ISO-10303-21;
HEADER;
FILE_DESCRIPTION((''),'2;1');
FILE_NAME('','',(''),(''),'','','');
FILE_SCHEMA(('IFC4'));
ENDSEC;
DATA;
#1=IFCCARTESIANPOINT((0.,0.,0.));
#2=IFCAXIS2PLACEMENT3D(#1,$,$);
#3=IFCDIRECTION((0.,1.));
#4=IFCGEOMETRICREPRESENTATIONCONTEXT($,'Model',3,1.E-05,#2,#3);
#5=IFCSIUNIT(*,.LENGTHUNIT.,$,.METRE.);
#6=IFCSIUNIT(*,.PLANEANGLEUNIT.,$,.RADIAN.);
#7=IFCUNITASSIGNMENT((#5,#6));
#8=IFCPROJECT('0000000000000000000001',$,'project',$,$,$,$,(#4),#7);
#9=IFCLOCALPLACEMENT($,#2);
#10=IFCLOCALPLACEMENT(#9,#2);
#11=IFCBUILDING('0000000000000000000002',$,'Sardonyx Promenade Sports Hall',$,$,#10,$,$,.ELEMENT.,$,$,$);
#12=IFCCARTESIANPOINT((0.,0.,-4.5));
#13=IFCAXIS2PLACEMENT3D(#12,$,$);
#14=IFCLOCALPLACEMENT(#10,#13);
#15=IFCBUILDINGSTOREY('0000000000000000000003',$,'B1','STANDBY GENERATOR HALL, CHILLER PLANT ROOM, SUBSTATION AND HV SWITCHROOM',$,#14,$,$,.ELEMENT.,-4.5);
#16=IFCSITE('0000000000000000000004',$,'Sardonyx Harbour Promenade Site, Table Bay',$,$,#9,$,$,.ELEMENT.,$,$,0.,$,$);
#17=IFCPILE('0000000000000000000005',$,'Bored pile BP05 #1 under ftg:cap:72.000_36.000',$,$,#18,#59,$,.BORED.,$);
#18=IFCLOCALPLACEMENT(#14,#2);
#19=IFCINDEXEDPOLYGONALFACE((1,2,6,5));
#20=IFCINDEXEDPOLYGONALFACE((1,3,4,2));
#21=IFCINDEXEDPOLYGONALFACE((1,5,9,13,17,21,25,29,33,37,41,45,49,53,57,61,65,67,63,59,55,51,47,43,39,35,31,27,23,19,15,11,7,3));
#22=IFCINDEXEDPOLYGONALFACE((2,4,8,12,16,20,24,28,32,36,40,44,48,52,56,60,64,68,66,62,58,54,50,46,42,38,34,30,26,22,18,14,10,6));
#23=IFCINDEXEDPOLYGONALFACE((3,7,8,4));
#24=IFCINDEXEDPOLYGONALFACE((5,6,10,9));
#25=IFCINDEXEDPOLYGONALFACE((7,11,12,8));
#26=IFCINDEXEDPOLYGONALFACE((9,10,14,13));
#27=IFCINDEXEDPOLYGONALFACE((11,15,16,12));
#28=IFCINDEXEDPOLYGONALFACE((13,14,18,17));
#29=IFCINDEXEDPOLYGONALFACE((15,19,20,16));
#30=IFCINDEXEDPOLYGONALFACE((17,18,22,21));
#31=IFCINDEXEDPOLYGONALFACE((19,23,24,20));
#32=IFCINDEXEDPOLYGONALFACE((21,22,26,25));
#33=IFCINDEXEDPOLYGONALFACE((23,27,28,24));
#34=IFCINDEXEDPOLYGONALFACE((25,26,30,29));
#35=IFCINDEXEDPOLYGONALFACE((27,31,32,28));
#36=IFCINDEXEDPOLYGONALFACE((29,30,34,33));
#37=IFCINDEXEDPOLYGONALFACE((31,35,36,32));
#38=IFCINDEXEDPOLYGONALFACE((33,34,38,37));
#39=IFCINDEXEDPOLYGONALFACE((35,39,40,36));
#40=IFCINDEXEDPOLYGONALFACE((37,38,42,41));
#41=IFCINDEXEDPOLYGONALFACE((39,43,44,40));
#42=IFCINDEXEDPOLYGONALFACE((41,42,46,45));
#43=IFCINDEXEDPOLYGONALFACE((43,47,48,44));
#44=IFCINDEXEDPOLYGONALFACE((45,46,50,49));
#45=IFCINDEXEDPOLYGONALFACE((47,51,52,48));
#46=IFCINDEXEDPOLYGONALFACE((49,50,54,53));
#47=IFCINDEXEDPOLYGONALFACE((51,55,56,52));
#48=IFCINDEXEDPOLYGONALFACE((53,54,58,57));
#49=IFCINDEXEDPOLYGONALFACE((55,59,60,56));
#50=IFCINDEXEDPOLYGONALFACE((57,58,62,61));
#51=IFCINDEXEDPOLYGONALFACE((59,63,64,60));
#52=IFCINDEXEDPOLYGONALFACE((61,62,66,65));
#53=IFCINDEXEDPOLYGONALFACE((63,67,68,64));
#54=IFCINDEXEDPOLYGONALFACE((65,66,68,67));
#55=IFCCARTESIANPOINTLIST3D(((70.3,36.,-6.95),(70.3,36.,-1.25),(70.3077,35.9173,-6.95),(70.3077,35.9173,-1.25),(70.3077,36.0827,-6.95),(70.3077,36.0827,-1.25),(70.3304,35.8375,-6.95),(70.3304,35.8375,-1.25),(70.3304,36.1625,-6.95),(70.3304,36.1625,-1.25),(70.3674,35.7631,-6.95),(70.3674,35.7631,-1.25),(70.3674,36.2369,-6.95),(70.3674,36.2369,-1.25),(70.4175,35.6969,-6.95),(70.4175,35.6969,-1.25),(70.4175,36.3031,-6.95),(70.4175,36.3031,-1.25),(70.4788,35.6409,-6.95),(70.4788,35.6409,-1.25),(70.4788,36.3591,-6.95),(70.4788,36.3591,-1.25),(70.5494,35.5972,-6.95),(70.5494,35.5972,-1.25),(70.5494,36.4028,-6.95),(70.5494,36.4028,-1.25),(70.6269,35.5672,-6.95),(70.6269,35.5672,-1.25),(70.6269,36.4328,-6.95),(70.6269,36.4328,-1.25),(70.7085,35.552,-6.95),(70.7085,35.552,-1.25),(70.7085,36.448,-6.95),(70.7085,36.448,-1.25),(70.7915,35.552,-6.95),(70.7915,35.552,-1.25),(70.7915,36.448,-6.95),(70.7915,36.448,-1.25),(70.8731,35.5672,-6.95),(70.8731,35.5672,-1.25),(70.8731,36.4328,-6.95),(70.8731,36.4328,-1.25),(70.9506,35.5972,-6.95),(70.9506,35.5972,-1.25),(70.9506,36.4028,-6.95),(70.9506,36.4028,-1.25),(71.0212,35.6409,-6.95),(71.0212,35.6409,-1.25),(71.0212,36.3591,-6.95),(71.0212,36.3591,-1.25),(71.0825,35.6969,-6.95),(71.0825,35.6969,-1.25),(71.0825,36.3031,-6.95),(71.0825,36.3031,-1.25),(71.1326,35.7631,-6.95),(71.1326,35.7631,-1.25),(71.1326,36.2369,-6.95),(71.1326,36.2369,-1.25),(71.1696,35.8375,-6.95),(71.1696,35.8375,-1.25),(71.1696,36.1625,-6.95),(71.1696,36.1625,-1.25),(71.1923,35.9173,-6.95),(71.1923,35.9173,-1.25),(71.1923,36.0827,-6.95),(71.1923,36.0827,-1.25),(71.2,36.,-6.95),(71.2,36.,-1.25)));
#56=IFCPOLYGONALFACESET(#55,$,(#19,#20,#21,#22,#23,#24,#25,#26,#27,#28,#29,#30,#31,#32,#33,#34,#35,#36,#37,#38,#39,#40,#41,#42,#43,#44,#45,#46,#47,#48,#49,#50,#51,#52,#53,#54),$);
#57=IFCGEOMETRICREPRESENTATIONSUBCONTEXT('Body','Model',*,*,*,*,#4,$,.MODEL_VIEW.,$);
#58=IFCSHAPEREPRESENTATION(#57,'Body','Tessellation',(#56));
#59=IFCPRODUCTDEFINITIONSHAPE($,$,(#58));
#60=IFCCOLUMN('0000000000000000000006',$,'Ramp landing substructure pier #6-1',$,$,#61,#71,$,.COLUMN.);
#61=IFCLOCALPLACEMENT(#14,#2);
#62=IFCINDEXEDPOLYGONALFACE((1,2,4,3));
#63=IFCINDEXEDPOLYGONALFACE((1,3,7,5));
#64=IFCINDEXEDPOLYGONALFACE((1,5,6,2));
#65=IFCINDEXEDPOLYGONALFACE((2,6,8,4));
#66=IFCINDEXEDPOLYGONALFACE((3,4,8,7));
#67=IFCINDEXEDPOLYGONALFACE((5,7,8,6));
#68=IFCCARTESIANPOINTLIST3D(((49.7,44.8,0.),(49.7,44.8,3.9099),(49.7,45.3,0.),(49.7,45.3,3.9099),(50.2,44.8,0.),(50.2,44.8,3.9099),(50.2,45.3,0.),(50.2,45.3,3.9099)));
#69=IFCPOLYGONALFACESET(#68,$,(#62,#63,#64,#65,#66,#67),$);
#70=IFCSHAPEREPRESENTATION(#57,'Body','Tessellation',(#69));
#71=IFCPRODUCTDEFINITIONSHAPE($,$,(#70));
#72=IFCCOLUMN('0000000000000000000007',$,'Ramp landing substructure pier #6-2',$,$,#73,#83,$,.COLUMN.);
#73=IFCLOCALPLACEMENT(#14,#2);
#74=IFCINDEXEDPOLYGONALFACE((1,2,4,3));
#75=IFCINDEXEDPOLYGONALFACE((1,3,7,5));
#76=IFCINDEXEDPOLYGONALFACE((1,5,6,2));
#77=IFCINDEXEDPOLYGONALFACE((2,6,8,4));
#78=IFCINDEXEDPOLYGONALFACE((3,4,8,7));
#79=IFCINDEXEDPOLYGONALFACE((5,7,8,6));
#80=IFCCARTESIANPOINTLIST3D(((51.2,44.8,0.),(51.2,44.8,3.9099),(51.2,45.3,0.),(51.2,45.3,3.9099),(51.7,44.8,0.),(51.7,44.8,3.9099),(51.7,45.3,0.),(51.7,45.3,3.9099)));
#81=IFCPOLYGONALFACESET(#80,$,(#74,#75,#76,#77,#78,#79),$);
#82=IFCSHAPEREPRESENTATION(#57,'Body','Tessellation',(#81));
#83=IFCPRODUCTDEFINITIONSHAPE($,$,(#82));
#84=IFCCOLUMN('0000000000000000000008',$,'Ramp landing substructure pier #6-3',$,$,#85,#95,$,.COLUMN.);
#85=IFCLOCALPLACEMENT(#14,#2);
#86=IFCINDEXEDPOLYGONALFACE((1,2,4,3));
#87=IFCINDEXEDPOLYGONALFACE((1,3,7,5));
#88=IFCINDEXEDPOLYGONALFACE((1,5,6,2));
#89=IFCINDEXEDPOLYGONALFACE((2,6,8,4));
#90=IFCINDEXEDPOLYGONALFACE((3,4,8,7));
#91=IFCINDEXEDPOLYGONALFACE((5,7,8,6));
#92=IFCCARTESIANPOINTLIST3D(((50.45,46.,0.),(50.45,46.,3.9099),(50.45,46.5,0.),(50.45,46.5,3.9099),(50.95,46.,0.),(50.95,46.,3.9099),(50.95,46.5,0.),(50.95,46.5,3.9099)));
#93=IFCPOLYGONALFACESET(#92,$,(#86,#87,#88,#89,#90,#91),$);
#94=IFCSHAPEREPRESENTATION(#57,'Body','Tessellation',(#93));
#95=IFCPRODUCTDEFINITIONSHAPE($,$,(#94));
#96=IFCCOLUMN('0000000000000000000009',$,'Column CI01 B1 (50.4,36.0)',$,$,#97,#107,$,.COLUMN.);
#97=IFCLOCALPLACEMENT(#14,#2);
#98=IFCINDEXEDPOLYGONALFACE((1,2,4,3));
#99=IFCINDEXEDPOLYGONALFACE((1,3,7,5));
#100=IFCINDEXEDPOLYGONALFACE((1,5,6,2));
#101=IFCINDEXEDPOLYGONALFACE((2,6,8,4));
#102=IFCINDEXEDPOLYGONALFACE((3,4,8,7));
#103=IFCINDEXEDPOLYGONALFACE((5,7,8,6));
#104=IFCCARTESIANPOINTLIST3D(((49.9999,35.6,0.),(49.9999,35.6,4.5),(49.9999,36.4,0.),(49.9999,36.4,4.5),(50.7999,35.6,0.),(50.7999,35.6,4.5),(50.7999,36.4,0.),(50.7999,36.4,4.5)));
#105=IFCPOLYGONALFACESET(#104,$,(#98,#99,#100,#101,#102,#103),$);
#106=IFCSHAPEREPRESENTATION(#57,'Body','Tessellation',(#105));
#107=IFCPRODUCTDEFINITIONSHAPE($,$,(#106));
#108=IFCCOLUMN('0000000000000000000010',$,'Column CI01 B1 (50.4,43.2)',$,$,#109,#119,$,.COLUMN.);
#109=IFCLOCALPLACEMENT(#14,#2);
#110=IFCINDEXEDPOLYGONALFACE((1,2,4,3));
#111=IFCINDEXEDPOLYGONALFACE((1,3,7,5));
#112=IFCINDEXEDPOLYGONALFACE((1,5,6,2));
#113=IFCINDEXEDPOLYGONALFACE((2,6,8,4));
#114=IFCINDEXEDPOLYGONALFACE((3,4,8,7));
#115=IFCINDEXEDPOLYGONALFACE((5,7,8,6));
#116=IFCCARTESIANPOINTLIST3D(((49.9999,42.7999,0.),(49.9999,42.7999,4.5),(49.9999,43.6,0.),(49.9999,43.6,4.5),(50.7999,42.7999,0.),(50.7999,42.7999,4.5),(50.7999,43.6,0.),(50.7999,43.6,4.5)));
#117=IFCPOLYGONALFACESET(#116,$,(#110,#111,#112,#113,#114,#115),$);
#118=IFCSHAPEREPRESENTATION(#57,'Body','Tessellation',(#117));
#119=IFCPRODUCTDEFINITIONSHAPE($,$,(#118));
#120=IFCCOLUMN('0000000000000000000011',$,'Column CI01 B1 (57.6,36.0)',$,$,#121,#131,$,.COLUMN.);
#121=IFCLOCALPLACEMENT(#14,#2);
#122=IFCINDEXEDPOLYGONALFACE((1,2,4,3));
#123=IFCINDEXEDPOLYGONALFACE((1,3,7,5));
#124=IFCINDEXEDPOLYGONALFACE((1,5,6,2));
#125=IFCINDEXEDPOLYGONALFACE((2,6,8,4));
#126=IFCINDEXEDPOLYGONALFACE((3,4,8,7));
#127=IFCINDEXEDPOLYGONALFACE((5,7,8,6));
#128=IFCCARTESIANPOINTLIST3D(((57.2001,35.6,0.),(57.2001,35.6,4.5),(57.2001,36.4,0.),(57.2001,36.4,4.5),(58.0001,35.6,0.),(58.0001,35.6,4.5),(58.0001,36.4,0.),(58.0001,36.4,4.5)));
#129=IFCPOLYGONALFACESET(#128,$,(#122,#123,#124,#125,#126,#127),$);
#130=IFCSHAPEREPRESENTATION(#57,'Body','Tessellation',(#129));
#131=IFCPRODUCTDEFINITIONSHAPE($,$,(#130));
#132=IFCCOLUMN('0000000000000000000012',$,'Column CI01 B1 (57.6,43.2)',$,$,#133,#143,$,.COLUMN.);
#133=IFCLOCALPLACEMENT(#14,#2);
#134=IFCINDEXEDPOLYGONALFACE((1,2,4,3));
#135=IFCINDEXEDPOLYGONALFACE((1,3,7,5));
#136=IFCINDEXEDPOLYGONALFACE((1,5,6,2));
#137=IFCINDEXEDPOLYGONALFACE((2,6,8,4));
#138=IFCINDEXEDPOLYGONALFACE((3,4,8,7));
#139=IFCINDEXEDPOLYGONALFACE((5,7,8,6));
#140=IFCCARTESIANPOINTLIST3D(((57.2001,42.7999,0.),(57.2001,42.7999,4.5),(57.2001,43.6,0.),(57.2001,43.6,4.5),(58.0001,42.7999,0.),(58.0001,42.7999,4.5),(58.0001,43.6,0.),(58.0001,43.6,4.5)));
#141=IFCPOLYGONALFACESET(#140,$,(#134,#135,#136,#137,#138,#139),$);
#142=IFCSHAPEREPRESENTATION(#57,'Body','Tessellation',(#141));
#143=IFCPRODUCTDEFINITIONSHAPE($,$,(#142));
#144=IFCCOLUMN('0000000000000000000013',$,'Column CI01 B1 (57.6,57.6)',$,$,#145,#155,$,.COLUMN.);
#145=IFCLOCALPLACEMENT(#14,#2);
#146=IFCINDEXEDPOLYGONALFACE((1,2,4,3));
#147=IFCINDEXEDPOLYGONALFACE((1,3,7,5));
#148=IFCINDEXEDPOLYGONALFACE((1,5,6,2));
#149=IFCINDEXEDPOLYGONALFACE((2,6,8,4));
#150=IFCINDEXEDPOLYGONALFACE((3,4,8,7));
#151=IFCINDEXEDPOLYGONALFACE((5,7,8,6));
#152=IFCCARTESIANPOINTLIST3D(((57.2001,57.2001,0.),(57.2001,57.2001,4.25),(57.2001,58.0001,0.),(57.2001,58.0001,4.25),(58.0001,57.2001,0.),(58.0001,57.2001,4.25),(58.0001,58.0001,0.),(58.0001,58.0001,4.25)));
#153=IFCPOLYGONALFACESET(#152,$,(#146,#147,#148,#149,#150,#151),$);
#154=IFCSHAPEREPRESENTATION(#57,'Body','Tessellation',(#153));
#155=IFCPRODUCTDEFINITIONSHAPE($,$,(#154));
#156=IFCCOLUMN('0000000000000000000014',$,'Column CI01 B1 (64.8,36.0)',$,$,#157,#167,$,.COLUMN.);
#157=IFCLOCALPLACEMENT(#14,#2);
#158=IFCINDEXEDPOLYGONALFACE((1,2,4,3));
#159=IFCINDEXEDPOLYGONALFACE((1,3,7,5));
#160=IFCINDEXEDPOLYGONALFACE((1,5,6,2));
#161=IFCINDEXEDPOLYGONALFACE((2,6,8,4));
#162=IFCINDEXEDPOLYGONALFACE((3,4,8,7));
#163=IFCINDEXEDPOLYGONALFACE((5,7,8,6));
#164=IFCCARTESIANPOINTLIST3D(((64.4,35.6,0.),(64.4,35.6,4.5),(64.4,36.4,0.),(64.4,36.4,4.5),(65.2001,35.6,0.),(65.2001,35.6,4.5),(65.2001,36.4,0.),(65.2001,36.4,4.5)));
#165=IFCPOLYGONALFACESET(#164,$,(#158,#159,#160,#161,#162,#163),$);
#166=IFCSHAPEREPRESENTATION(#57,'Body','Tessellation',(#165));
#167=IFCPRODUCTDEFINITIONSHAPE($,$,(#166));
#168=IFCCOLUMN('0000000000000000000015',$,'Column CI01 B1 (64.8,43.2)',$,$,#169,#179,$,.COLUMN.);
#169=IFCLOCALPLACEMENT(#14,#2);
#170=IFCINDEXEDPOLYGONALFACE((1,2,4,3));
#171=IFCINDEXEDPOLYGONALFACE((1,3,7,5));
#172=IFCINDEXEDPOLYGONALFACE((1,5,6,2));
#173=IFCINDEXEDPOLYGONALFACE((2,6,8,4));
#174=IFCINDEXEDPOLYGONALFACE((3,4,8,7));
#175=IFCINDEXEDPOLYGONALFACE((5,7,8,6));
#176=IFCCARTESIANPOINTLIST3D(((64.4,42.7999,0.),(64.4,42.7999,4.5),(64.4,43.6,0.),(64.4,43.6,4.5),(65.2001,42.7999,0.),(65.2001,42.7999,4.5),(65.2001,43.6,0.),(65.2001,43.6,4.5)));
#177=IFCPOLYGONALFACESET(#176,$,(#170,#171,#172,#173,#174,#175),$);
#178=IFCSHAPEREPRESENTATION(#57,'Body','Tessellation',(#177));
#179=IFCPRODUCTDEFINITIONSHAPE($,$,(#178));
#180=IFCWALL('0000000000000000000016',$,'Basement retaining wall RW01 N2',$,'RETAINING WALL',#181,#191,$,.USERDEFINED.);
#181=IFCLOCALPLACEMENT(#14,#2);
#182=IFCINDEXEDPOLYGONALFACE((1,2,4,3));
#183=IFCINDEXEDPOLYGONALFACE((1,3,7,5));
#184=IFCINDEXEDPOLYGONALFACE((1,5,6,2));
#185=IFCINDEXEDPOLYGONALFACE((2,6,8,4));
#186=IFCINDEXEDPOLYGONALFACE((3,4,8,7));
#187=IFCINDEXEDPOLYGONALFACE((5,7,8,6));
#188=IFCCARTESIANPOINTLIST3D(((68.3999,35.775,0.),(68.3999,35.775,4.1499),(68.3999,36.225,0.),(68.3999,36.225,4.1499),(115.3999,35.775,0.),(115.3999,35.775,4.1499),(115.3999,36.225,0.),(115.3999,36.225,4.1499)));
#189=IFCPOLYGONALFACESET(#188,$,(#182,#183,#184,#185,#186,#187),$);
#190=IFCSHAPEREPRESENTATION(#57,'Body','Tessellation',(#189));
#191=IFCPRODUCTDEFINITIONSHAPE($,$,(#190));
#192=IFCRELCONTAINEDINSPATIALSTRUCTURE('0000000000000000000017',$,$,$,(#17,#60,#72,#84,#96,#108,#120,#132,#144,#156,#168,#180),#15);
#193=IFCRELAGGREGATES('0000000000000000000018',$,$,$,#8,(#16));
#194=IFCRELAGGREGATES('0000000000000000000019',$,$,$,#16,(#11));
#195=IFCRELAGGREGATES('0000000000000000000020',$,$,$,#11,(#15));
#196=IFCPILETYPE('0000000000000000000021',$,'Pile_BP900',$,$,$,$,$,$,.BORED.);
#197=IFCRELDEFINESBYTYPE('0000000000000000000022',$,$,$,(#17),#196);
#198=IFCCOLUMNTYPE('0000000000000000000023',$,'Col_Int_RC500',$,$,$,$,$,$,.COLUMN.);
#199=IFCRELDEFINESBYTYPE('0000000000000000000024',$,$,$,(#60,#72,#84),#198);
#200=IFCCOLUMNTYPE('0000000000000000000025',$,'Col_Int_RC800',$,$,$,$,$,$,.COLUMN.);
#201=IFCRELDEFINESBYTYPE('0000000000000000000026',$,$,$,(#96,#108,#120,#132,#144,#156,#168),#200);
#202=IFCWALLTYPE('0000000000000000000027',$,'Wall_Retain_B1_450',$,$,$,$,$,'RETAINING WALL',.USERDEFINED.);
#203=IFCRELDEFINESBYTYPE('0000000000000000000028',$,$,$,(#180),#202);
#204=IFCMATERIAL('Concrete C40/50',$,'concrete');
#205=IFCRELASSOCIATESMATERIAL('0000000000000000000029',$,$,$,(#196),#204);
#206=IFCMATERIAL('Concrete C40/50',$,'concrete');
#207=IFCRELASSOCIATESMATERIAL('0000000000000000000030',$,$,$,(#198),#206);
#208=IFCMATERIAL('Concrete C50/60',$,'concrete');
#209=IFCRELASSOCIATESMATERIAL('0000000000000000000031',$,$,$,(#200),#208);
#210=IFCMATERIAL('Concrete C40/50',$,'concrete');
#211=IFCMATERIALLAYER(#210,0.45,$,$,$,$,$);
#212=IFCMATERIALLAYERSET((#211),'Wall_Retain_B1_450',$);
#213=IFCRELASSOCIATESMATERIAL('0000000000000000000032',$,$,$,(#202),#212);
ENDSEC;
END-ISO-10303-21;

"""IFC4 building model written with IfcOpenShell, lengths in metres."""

from ifc_helpers import new_model, si_unit, direction, frame, frame_2d, origin, origin_2d, place, context, subcontext, project, spatial, rectangle, circle, extrude, material, layer, layer_set, material_profile, profile_set, type_object, element, save


model = new_model("IFC4")

# Units and contexts
model_context = context("Model", 3, precision=1e-05, world=origin(), true_north=direction((0.0, 1.0)))
body_context = subcontext(model_context, "Body", "Model", "MODEL_VIEW")
ifc_project = project(units=[si_unit("LENGTHUNIT", "METRE"), si_unit("PLANEANGLEUNIT", "RADIAN")], contexts=[model_context])

# Site, building, storey
site_placement = place(None, origin())
site = spatial("IfcSite", under=ifc_project, at=site_placement, Name="Sardonyx Harbour Promenade Site, Table Bay", CompositionType="ELEMENT", RefElevation=0.0)
building_placement = place(site_placement, origin())
building = spatial("IfcBuilding", under=site, at=building_placement, Name="Sardonyx Promenade Sports Hall", CompositionType="ELEMENT")
storey_placement = place(building_placement, frame((0.0, 0.0, -4.5)))
storey = spatial("IfcBuildingStorey", under=building, at=storey_placement, Name="B1", Description="STANDBY GENERATOR HALL, CHILLER PLANT ROOM, SUBSTATION AND HV SWITCHROOM", CompositionType="ELEMENT", Elevation=-4.5)

# Pile
ifc_material_1 = material(Name="Concrete C40/50", Category="concrete")
ifc_material_profile_1 = material_profile(ifc_material_1, circle(Radius=0.45, at=origin_2d()))
ifc_profile_set_1 = profile_set([ifc_material_profile_1], Name="Concrete C40/50")
pile_type_1 = type_object("IfcPileType", Name="Pile_BP900", PredefinedType="BORED", material=ifc_profile_set_1)
for number, where, z_axis, x_axis, name in (
    (1, (70.75, 36.0, -1.25), (0.0, 0.0, -1.0), (1.0, 0.0, 0.0), "Bored pile BP05 #1 under ftg:cap:72.000_36.000"),
):
    element("IfcPile", number, at=place(storey_placement, frame(where, z_axis=z_axis, x_axis=x_axis)), inside=storey, type_object=pile_type_1, Name=name, PredefinedType="BORED", context=body_context, shape_type="SweptSolid", body=[
        extrude(circle(Radius=0.45, at=origin_2d()), origin(), (0.0, 0.0, 1.0), 5.7),
    ])

# Columns
ifc_material_2 = material(Name="Concrete C40/50", Category="concrete")
ifc_material_profile_2 = material_profile(ifc_material_2, rectangle(XDim=0.5, YDim=0.5, at=origin_2d()))
ifc_profile_set_2 = profile_set([ifc_material_profile_2], Name="Concrete C40/50")
column_type_1 = type_object("IfcColumnType", Name="Col_Int_RC500", PredefinedType="COLUMN", material=ifc_profile_set_2)
for number, where, z_axis, x_axis, name in (
    (2, (49.95, 45.05, 0.0), (0.0, 0.0, 1.0), (1.0, 0.0, 0.0), "Ramp landing substructure pier #6-1"),
    (3, (51.45, 45.05, 0.0), (0.0, 0.0, 1.0), (1.0, 0.0, 0.0), "Ramp landing substructure pier #6-2"),
    (4, (50.7, 46.25, 0.0), (0.0, 0.0, 1.0), (1.0, 0.0, 0.0), "Ramp landing substructure pier #6-3"),
):
    element("IfcColumn", number, at=place(storey_placement, frame(where, z_axis=z_axis, x_axis=x_axis)), inside=storey, type_object=column_type_1, Name=name, PredefinedType="COLUMN", context=body_context, shape_type="SweptSolid", body=[
        extrude(rectangle(XDim=0.5, YDim=0.5, at=origin_2d()), origin(), (0.0, 0.0, 1.0), 3.9099),
    ])
ifc_material_3 = material(Name="Concrete C50/60", Category="concrete")
ifc_material_profile_3 = material_profile(ifc_material_3, rectangle(XDim=0.8, YDim=0.8, at=origin_2d()))
ifc_profile_set_3 = profile_set([ifc_material_profile_3], Name="Concrete C50/60")
column_type_2 = type_object("IfcColumnType", Name="Col_Int_RC800", PredefinedType="COLUMN", material=ifc_profile_set_3)
for number, where, z_axis, x_axis, name in (
    (5, (50.3999, 36.0, 0.0), (0.0, 0.0, 1.0), (1.0, 0.0, 0.0), "Column CI01 B1 (50.4,36.0)"),
    (6, (50.3999, 43.2, 0.0), (0.0, 0.0, 1.0), (1.0, 0.0, 0.0), "Column CI01 B1 (50.4,43.2)"),
    (7, (57.6001, 36.0, 0.0), (0.0, 0.0, 1.0), (1.0, 0.0, 0.0), "Column CI01 B1 (57.6,36.0)"),
    (8, (57.6001, 43.2, 0.0), (0.0, 0.0, 1.0), (1.0, 0.0, 0.0), "Column CI01 B1 (57.6,43.2)"),
):
    element("IfcColumn", number, at=place(storey_placement, frame(where, z_axis=z_axis, x_axis=x_axis)), inside=storey, type_object=column_type_2, Name=name, PredefinedType="COLUMN", context=body_context, shape_type="SweptSolid", body=[
        extrude(rectangle(XDim=0.8, YDim=0.8, at=origin_2d()), origin(), (0.0, 0.0, 1.0), 4.5),
    ])
column_placement = place(storey_placement, frame((57.6001, 57.6001, 0.0), z_axis=(0.0, 0.0, 1.0), x_axis=(1.0, 0.0, 0.0)))
element("IfcColumn", 9, at=column_placement, inside=storey, type_object=column_type_2, Name="Column CI01 B1 (57.6,57.6)", PredefinedType="COLUMN", context=body_context, shape_type="SweptSolid", body=[
    extrude(rectangle(XDim=0.8, YDim=0.8, at=origin_2d()), origin(), (0.0, 0.0, 1.0), 4.25),
])
for number, where, z_axis, x_axis, name in (
    (10, (64.8, 36.0, 0.0), (0.0, 0.0, 1.0), (1.0, 0.0, 0.0), "Column CI01 B1 (64.8,36.0)"),
    (11, (64.8, 43.2, 0.0), (0.0, 0.0, 1.0), (1.0, 0.0, 0.0), "Column CI01 B1 (64.8,43.2)"),
):
    element("IfcColumn", number, at=place(storey_placement, frame(where, z_axis=z_axis, x_axis=x_axis)), inside=storey, type_object=column_type_2, Name=name, PredefinedType="COLUMN", context=body_context, shape_type="SweptSolid", body=[
        extrude(rectangle(XDim=0.8, YDim=0.8, at=origin_2d()), origin(), (0.0, 0.0, 1.0), 4.5),
    ])

# Wall
ifc_material_4 = material(Name="Concrete C40/50", Category="concrete")
ifc_layer = layer(ifc_material_4, 0.45)
ifc_layer_set = layer_set([ifc_layer], Name="Wall_Retain_B1_450")
wall_type = type_object("IfcWallType", Name="Wall_Retain_B1_450", ElementType="RETAINING WALL", PredefinedType="USERDEFINED", material=ifc_layer_set)
wall_placement = place(storey_placement, frame((68.3999, 36.0, 0.0), z_axis=(0.0, 0.0, 1.0), x_axis=(1.0, 0.0, 0.0)))
element("IfcWall", 12, at=wall_placement, inside=storey, type_object=wall_type, Name="Basement retaining wall RW01 N2", ObjectType="RETAINING WALL", PredefinedType="USERDEFINED", context=body_context, shape_type="SweptSolid", body=[
    extrude(rectangle(XDim=47.0, YDim=0.45, at=frame_2d((23.5, 0.0))), origin(), (0.0, 0.0, 1.0), 4.1499),
])

save(model, "model.ifc")
